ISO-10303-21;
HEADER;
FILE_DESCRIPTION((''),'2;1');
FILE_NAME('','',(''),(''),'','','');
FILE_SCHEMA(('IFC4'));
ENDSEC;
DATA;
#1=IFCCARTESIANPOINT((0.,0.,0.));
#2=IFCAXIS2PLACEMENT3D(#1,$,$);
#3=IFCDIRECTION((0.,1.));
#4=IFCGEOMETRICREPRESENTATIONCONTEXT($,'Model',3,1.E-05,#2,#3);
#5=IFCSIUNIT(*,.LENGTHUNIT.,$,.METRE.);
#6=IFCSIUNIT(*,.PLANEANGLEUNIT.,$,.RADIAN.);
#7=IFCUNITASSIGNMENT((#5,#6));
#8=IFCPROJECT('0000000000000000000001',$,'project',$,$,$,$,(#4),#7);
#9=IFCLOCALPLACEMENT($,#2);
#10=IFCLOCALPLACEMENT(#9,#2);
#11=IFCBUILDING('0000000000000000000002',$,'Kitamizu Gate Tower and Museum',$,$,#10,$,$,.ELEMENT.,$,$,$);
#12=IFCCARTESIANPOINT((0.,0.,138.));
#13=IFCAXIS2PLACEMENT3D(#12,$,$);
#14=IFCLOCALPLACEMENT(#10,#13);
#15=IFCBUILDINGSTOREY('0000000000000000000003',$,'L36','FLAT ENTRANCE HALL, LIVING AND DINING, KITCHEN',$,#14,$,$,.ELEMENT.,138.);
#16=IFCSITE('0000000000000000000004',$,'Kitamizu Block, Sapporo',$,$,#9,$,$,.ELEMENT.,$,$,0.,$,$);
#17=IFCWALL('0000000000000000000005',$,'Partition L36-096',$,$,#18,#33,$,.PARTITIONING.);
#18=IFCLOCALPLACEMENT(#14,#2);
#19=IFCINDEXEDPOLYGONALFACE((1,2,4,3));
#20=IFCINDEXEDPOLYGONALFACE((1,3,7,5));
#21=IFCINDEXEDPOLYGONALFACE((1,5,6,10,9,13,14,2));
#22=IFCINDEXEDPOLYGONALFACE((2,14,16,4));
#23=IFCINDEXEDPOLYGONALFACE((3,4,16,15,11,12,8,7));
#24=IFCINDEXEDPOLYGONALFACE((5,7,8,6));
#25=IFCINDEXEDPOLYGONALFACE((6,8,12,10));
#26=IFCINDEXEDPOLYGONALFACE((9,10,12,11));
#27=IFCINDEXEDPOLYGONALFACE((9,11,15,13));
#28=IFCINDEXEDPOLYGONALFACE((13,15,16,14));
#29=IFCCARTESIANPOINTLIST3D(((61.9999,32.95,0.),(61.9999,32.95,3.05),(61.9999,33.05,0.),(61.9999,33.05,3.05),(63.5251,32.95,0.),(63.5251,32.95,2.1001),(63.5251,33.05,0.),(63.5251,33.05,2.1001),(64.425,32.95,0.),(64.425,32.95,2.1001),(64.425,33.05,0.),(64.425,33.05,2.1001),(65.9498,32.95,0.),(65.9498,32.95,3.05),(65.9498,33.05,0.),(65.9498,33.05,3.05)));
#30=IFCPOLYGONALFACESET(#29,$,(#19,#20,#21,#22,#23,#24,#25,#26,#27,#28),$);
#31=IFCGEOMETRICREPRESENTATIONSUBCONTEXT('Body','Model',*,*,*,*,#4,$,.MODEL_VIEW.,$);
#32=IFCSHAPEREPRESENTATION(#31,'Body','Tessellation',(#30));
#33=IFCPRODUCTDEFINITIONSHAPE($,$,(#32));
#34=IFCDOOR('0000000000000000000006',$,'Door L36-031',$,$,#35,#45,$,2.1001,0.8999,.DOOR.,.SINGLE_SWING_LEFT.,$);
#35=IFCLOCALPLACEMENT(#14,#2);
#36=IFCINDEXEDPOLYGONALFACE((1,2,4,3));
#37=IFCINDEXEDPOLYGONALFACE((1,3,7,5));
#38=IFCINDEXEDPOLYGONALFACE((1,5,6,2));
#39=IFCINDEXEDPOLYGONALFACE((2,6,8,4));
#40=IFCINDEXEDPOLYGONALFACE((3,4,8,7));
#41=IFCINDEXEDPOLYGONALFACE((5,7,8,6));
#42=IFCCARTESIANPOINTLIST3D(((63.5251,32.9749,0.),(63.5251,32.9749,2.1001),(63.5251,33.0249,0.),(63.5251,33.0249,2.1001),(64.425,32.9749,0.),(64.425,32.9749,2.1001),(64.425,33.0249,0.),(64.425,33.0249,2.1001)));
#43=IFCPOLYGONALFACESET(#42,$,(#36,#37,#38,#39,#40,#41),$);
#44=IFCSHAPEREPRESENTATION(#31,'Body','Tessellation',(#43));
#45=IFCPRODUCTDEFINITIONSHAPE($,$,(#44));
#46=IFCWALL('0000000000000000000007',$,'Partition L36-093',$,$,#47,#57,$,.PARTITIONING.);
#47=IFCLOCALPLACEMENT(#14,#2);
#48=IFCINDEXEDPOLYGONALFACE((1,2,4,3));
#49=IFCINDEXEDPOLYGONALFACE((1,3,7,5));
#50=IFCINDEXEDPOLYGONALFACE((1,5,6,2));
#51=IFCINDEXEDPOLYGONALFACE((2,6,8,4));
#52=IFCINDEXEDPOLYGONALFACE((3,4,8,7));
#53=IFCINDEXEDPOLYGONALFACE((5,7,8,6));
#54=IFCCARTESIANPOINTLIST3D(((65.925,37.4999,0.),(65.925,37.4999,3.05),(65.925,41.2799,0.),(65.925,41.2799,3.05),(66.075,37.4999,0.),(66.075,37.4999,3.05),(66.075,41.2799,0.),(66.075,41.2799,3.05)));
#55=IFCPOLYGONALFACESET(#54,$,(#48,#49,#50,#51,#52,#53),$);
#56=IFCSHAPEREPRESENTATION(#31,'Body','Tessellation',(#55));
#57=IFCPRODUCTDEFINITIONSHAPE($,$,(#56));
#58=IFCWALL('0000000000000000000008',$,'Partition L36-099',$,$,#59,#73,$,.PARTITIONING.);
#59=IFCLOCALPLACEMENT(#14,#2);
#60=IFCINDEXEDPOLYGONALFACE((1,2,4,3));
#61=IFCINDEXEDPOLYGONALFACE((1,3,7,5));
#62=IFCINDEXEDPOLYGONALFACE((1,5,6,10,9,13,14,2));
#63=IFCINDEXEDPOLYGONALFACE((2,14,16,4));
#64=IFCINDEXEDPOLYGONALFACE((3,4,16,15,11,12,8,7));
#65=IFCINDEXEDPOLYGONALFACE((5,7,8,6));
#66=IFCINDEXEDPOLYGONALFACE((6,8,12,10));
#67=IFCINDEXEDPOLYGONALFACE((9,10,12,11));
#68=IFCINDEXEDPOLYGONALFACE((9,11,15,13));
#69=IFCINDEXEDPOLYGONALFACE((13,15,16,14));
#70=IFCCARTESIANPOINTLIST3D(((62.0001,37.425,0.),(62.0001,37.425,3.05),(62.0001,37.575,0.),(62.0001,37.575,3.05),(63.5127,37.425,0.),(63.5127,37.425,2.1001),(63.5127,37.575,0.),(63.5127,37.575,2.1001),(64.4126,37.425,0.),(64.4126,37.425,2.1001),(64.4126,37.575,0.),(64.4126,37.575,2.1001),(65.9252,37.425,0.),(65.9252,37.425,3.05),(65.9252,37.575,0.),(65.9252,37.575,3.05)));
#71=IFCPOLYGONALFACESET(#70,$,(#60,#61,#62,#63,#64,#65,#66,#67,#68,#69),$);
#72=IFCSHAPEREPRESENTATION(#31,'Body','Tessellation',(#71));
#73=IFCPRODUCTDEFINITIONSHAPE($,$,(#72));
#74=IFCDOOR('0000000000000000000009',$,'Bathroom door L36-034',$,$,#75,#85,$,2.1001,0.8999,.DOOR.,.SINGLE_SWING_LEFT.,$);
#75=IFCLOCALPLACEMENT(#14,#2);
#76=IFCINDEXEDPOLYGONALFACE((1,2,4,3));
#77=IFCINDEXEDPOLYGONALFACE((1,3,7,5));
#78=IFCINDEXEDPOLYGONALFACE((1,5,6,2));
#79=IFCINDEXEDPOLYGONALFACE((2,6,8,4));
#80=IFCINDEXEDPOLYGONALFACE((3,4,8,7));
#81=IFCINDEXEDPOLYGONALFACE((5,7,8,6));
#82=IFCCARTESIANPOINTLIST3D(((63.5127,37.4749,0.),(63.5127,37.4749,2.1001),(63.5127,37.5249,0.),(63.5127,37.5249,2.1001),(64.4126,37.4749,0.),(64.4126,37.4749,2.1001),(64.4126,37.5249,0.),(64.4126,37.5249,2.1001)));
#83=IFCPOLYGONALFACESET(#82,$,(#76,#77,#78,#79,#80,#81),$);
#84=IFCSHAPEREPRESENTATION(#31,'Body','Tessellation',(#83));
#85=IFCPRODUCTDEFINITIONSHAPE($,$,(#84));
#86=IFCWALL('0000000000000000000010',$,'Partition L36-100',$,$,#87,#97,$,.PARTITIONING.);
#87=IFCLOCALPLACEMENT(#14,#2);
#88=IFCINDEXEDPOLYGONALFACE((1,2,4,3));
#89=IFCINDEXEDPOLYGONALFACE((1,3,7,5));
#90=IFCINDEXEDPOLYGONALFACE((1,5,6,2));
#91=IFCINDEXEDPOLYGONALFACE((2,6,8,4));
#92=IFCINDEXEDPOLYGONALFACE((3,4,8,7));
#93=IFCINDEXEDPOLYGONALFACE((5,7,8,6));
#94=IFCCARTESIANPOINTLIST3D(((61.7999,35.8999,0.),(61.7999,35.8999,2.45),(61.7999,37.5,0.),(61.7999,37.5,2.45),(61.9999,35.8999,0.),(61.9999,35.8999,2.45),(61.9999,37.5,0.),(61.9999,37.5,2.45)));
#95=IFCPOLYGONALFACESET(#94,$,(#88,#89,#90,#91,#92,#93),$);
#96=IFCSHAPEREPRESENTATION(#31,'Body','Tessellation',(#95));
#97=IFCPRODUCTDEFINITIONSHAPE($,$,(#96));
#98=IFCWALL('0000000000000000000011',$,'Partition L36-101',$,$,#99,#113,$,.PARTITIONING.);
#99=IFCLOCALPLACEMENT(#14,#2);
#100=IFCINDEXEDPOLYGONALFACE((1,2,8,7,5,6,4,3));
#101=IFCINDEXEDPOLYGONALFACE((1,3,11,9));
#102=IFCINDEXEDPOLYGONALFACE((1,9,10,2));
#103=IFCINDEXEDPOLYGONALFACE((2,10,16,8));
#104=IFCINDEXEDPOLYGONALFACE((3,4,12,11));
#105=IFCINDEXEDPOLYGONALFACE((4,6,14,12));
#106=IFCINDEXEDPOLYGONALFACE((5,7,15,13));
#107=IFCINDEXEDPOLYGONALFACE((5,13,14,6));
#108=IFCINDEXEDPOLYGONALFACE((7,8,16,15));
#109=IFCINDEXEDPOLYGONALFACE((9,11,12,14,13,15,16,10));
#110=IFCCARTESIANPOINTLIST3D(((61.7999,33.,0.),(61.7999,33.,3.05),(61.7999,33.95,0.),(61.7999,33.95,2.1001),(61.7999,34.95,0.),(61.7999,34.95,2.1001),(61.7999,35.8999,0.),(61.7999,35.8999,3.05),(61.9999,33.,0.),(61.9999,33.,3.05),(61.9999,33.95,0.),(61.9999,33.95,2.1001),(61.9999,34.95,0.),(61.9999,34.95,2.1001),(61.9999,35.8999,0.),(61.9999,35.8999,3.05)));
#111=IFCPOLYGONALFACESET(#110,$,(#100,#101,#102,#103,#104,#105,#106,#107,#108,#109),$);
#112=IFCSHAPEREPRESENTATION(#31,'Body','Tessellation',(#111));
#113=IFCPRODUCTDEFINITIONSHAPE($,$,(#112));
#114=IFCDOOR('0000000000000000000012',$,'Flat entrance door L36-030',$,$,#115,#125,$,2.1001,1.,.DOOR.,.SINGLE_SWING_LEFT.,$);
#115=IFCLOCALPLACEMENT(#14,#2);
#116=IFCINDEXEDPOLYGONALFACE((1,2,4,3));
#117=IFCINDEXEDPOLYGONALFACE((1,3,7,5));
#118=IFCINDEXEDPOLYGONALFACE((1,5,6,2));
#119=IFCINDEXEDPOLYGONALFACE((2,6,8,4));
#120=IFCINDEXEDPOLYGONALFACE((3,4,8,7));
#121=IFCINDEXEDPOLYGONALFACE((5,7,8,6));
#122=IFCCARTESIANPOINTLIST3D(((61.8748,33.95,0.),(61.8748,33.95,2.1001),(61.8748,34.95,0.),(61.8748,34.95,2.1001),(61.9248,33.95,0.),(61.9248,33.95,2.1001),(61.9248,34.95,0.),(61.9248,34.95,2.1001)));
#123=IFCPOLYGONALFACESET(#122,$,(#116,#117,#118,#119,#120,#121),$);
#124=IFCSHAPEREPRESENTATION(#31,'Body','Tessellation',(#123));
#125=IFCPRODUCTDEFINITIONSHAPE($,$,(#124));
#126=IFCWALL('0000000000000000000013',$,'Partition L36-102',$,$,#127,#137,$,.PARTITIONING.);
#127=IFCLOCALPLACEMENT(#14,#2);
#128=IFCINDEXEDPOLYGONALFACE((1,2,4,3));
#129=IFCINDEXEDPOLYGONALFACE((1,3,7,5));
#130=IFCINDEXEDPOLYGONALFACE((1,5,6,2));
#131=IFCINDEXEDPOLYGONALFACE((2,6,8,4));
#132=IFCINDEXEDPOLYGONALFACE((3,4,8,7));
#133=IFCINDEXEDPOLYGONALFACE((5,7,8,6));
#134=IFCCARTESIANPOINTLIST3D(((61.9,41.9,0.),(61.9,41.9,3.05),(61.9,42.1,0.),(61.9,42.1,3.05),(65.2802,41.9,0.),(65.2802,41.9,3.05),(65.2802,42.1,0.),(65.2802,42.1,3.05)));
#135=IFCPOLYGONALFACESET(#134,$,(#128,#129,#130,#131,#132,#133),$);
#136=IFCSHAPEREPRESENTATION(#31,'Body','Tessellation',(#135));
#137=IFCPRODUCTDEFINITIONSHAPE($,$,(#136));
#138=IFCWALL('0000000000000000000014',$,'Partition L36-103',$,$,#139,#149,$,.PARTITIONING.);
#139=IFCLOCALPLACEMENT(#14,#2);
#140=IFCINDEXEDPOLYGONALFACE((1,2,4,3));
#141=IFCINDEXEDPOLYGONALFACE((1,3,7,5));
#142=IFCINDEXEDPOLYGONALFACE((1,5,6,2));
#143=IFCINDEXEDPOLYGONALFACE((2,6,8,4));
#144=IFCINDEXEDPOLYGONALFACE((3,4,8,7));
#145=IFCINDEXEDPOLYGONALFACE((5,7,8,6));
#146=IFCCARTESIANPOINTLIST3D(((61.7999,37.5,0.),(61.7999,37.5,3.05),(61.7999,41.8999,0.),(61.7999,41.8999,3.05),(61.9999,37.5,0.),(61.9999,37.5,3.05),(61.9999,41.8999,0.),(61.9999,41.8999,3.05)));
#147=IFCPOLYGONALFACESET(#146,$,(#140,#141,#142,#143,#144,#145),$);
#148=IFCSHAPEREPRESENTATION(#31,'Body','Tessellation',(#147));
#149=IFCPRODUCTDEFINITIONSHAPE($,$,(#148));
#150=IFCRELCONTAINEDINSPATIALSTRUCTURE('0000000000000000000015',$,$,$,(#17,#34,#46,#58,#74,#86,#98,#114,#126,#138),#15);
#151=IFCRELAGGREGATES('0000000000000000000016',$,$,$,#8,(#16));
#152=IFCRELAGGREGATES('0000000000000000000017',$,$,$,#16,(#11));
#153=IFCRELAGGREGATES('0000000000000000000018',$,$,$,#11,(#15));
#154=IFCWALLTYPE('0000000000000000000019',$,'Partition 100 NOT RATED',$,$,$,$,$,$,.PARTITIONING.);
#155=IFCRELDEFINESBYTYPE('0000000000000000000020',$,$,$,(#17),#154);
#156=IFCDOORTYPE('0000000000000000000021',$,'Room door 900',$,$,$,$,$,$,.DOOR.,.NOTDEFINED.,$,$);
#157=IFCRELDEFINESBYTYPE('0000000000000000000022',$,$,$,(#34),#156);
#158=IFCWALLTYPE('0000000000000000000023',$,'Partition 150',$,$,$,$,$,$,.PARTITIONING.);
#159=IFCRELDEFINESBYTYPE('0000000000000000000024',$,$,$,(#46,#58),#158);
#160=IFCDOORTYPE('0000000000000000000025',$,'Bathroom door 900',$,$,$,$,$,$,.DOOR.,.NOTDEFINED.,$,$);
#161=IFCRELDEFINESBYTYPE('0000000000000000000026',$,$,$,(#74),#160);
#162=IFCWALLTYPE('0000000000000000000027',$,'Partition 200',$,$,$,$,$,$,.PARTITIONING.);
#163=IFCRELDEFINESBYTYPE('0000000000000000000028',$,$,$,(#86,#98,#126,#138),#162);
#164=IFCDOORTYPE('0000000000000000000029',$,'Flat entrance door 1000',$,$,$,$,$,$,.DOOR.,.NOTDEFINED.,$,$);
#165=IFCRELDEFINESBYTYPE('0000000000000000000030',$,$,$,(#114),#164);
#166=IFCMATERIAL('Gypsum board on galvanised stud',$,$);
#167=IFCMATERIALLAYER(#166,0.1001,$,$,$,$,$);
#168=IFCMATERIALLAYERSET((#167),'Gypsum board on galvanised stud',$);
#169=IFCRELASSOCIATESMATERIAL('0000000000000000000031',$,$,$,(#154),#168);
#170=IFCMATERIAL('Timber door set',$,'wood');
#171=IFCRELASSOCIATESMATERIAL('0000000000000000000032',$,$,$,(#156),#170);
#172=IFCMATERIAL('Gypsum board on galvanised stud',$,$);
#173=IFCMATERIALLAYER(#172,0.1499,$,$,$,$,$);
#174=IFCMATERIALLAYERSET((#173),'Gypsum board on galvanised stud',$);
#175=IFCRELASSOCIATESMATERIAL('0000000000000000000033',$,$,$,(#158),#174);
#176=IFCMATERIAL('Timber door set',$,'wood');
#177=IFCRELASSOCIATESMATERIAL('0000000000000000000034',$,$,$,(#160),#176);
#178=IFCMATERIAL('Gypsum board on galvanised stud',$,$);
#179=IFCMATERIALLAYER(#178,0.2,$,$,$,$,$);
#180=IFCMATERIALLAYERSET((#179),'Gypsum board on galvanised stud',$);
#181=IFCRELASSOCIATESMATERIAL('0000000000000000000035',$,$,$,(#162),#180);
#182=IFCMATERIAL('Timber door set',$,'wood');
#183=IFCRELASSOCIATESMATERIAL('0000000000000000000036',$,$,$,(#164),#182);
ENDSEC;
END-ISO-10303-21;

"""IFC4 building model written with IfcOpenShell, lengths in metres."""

from ifc_helpers import new_model, si_unit, direction, frame, frame_2d, origin, place, context, subcontext, project, spatial, rectangle, extrude, material, layer, layer_set, type_object, element, fill, save


model = new_model("IFC4")

# Units and contexts
model_context = context("Model", 3, precision=1e-05, world=origin(), true_north=direction((0.0, 1.0)))
body_context = subcontext(model_context, "Body", "Model", "MODEL_VIEW")
ifc_project = project(units=[si_unit("LENGTHUNIT", "METRE"), si_unit("PLANEANGLEUNIT", "RADIAN")], contexts=[model_context])

# Site, building, storey
site_placement = place(None, origin())
site = spatial("IfcSite", under=ifc_project, at=site_placement, Name="Kitamizu Block, Sapporo", CompositionType="ELEMENT", RefElevation=0.0)
building_placement = place(site_placement, origin())
building = spatial("IfcBuilding", under=site, at=building_placement, Name="Kitamizu Gate Tower and Museum", CompositionType="ELEMENT")
storey_placement = place(building_placement, frame((0.0, 0.0, 138.0)))
storey = spatial("IfcBuildingStorey", under=building, at=storey_placement, Name="L36", Description="FLAT ENTRANCE HALL, LIVING AND DINING, KITCHEN", CompositionType="ELEMENT", Elevation=138.0)

# Shared definitions
ifc_material_1 = material(Name="Gypsum board on galvanised stud")
ifc_layer_1 = layer(ifc_material_1, 0.1001)
ifc_layer_set_1 = layer_set([ifc_layer_1], Name="Gypsum board on galvanised stud")
wall_type_1 = type_object("IfcWallType", Name="Partition 100 NOT RATED", PredefinedType="PARTITIONING", material=ifc_layer_set_1)
ifc_material_2 = material(Name="Timber door set", Category="wood")
door_type_1 = type_object("IfcDoorType", Name="Room door 900", OperationType="NOTDEFINED", PredefinedType="DOOR", material=ifc_material_2)

# Wall, opening, door
wall_1_placement = place(storey_placement, frame((65.95, 33.0, 0.0), z_axis=(0.0, 0.0, 1.0), x_axis=(-1.0, 0.0, 0.0)))
wall_1 = element("IfcWall", 1, at=wall_1_placement, inside=storey, type_object=wall_type_1, Name="Partition L36-096", PredefinedType="PARTITIONING", context=body_context, shape_type="SweptSolid", body=[
    extrude(rectangle(XDim=3.95, YDim=0.1001, at=frame_2d((1.9751, 0.0))), origin(), (0.0, 0.0, 1.0), 3.05),
])
opening_1_placement = place(wall_1_placement, frame((1.5249, 0.0, 0.0)))
opening_1 = element("IfcOpeningElement", 2, at=opening_1_placement, cuts=wall_1, PredefinedType="OPENING", context=body_context, shape_type="SweptSolid", body=[
    extrude(rectangle(XDim=0.8999, YDim=2.1001, at=frame_2d((0.45, 1.05))), frame((0.0, 0.0601, 0.0), z_axis=(0.0, -1.0, 0.0), x_axis=(1.0, 0.0, 0.0)), (0.0, 0.0, 1.0), 0.1201),
])
door_1_placement = place(opening_1_placement, frame((0.8999, 0.0, 0.0), x_axis=(-1.0, 0.0, 0.0)))
door_1 = element("IfcDoor", 3, at=door_1_placement, inside=storey, type_object=door_type_1, Name="Door L36-031", OperationType="SINGLE_SWING_LEFT", OverallHeight=2.1001, OverallWidth=0.8999, PredefinedType="DOOR", context=body_context, shape_type="SweptSolid", body=[
    extrude(rectangle(XDim=0.8999, YDim=2.1001, at=frame_2d((0.45, 1.05))), frame((0.0, 0.0249, 0.0), z_axis=(0.0, -1.0, 0.0), x_axis=(1.0, 0.0, 0.0)), (0.0, 0.0, 1.0), 0.05),
])
fill(opening_1, door_1)

# Wall
ifc_material_3 = material(Name="Gypsum board on galvanised stud")
ifc_layer_2 = layer(ifc_material_3, 0.1499)
ifc_layer_set_2 = layer_set([ifc_layer_2], Name="Gypsum board on galvanised stud")
wall_type_2 = type_object("IfcWallType", Name="Partition 150", PredefinedType="PARTITIONING", material=ifc_layer_set_2)
wall_2_placement = place(storey_placement, frame((66.0, 41.28, 0.0), z_axis=(0.0, 0.0, 1.0), x_axis=(0.0, -1.0, 0.0)))
element("IfcWall", 4, at=wall_2_placement, inside=storey, type_object=wall_type_2, Name="Partition L36-093", PredefinedType="PARTITIONING", context=body_context, shape_type="SweptSolid", body=[
    extrude(rectangle(XDim=3.78, YDim=0.1499, at=frame_2d((1.8901, 0.0))), origin(), (0.0, 0.0, 1.0), 3.05),
])

# Wall, opening, door
wall_3_placement = place(storey_placement, frame((65.925, 37.5, 0.0), z_axis=(0.0, 0.0, 1.0), x_axis=(-1.0, 0.0, 0.0)))
wall_3 = element("IfcWall", 5, at=wall_3_placement, inside=storey, type_object=wall_type_2, Name="Partition L36-099", PredefinedType="PARTITIONING", context=body_context, shape_type="SweptSolid", body=[
    extrude(rectangle(XDim=3.925, YDim=0.1499, at=frame_2d((1.9624, 0.0))), origin(), (0.0, 0.0, 1.0), 3.05),
])
opening_2_placement = place(wall_3_placement, frame((1.5125, 0.0, 0.0)))
opening_2 = element("IfcOpeningElement", 6, at=opening_2_placement, cuts=wall_3, PredefinedType="OPENING", context=body_context, shape_type="SweptSolid", body=[
    extrude(rectangle(XDim=0.8999, YDim=2.1001, at=frame_2d((0.45, 1.05))), frame((0.0, 0.085, 0.0), z_axis=(0.0, -1.0, 0.0), x_axis=(1.0, 0.0, 0.0)), (0.0, 0.0, 1.0), 0.1699),
])
ifc_material_4 = material(Name="Timber door set", Category="wood")
door_type_2 = type_object("IfcDoorType", Name="Bathroom door 900", OperationType="NOTDEFINED", PredefinedType="DOOR", material=ifc_material_4)
door_2_placement = place(opening_2_placement, frame((0.8999, 0.0, 0.0), x_axis=(-1.0, 0.0, 0.0)))
door_2 = element("IfcDoor", 7, at=door_2_placement, inside=storey, type_object=door_type_2, Name="Bathroom door L36-034", OperationType="SINGLE_SWING_LEFT", OverallHeight=2.1001, OverallWidth=0.8999, PredefinedType="DOOR", context=body_context, shape_type="SweptSolid", body=[
    extrude(rectangle(XDim=0.8999, YDim=2.1001, at=frame_2d((0.45, 1.05))), frame((0.0, 0.0249, 0.0), z_axis=(0.0, -1.0, 0.0), x_axis=(1.0, 0.0, 0.0)), (0.0, 0.0, 1.0), 0.05),
])
fill(opening_2, door_2)

# Wall
ifc_material_5 = material(Name="Gypsum board on galvanised stud")
ifc_layer_3 = layer(ifc_material_5, 0.2)
ifc_layer_set_3 = layer_set([ifc_layer_3], Name="Gypsum board on galvanised stud")
wall_type_3 = type_object("IfcWallType", Name="Partition 200", PredefinedType="PARTITIONING", material=ifc_layer_set_3)
wall_4_placement = place(storey_placement, frame((61.8999, 37.5, 0.0), z_axis=(0.0, 0.0, 1.0), x_axis=(0.0, -1.0, 0.0)))
element("IfcWall", 8, at=wall_4_placement, inside=storey, type_object=wall_type_3, Name="Partition L36-100", PredefinedType="PARTITIONING", context=body_context, shape_type="SweptSolid", body=[
    extrude(rectangle(XDim=1.6001, YDim=0.2, at=frame_2d((0.8, 0.0))), origin(), (0.0, 0.0, 1.0), 2.45),
])

# Wall, opening, door
wall_5_placement = place(storey_placement, frame((61.8999, 35.8999, 0.0), z_axis=(0.0, 0.0, 1.0), x_axis=(0.0, -1.0, 0.0)))
wall_5 = element("IfcWall", 9, at=wall_5_placement, inside=storey, type_object=wall_type_3, Name="Partition L36-101", PredefinedType="PARTITIONING", context=body_context, shape_type="SweptSolid", body=[
    extrude(rectangle(XDim=2.8999, YDim=0.2, at=frame_2d((1.45, 0.0))), origin(), (0.0, 0.0, 1.0), 3.05),
])
opening_3_placement = place(wall_5_placement, frame((0.95, 0.0, 0.0)))
opening_3 = element("IfcOpeningElement", 10, at=opening_3_placement, cuts=wall_5, PredefinedType="OPENING", context=body_context, shape_type="SweptSolid", body=[
    extrude(rectangle(XDim=1.0, YDim=2.1001, at=frame_2d((0.5, 1.05))), frame((0.0, 0.1099, 0.0), z_axis=(0.0, -1.0, 0.0), x_axis=(1.0, 0.0, 0.0)), (0.0, 0.0, 1.0), 0.22),
])
ifc_material_6 = material(Name="Timber door set", Category="wood")
door_type_3 = type_object("IfcDoorType", Name="Flat entrance door 1000", OperationType="NOTDEFINED", PredefinedType="DOOR", material=ifc_material_6)
door_3_placement = place(opening_3_placement, origin())
door_3 = element("IfcDoor", 11, at=door_3_placement, inside=storey, type_object=door_type_3, Name="Flat entrance door L36-030", OperationType="SINGLE_SWING_LEFT", OverallHeight=2.1001, OverallWidth=1.0, PredefinedType="DOOR", context=body_context, shape_type="SweptSolid", body=[
    extrude(rectangle(XDim=1.0, YDim=2.1001, at=frame_2d((0.5, 1.05))), frame((0.0, 0.0249, 0.0), z_axis=(0.0, -1.0, 0.0), x_axis=(1.0, 0.0, 0.0)), (0.0, 0.0, 1.0), 0.05),
])
fill(opening_3, door_3)

# Walls
wall_6_placement = place(storey_placement, frame((65.28, 42.0, 0.0), z_axis=(0.0, 0.0, 1.0), x_axis=(-1.0, 0.0, 0.0)))
element("IfcWall", 12, at=wall_6_placement, inside=storey, type_object=wall_type_3, Name="Partition L36-102", PredefinedType="PARTITIONING", context=body_context, shape_type="SweptSolid", body=[
    extrude(rectangle(XDim=3.3801, YDim=0.2, at=frame_2d((1.6899, 0.0))), origin(), (0.0, 0.0, 1.0), 3.05),
])
wall_7_placement = place(storey_placement, frame((61.8999, 41.8999, 0.0), z_axis=(0.0, 0.0, 1.0), x_axis=(0.0, -1.0, 0.0)))
element("IfcWall", 13, at=wall_7_placement, inside=storey, type_object=wall_type_3, Name="Partition L36-103", PredefinedType="PARTITIONING", context=body_context, shape_type="SweptSolid", body=[
    extrude(rectangle(XDim=4.3999, YDim=0.2, at=frame_2d((2.2, 0.0))), origin(), (0.0, 0.0, 1.0), 3.05),
])

save(model, "model.ifc")
